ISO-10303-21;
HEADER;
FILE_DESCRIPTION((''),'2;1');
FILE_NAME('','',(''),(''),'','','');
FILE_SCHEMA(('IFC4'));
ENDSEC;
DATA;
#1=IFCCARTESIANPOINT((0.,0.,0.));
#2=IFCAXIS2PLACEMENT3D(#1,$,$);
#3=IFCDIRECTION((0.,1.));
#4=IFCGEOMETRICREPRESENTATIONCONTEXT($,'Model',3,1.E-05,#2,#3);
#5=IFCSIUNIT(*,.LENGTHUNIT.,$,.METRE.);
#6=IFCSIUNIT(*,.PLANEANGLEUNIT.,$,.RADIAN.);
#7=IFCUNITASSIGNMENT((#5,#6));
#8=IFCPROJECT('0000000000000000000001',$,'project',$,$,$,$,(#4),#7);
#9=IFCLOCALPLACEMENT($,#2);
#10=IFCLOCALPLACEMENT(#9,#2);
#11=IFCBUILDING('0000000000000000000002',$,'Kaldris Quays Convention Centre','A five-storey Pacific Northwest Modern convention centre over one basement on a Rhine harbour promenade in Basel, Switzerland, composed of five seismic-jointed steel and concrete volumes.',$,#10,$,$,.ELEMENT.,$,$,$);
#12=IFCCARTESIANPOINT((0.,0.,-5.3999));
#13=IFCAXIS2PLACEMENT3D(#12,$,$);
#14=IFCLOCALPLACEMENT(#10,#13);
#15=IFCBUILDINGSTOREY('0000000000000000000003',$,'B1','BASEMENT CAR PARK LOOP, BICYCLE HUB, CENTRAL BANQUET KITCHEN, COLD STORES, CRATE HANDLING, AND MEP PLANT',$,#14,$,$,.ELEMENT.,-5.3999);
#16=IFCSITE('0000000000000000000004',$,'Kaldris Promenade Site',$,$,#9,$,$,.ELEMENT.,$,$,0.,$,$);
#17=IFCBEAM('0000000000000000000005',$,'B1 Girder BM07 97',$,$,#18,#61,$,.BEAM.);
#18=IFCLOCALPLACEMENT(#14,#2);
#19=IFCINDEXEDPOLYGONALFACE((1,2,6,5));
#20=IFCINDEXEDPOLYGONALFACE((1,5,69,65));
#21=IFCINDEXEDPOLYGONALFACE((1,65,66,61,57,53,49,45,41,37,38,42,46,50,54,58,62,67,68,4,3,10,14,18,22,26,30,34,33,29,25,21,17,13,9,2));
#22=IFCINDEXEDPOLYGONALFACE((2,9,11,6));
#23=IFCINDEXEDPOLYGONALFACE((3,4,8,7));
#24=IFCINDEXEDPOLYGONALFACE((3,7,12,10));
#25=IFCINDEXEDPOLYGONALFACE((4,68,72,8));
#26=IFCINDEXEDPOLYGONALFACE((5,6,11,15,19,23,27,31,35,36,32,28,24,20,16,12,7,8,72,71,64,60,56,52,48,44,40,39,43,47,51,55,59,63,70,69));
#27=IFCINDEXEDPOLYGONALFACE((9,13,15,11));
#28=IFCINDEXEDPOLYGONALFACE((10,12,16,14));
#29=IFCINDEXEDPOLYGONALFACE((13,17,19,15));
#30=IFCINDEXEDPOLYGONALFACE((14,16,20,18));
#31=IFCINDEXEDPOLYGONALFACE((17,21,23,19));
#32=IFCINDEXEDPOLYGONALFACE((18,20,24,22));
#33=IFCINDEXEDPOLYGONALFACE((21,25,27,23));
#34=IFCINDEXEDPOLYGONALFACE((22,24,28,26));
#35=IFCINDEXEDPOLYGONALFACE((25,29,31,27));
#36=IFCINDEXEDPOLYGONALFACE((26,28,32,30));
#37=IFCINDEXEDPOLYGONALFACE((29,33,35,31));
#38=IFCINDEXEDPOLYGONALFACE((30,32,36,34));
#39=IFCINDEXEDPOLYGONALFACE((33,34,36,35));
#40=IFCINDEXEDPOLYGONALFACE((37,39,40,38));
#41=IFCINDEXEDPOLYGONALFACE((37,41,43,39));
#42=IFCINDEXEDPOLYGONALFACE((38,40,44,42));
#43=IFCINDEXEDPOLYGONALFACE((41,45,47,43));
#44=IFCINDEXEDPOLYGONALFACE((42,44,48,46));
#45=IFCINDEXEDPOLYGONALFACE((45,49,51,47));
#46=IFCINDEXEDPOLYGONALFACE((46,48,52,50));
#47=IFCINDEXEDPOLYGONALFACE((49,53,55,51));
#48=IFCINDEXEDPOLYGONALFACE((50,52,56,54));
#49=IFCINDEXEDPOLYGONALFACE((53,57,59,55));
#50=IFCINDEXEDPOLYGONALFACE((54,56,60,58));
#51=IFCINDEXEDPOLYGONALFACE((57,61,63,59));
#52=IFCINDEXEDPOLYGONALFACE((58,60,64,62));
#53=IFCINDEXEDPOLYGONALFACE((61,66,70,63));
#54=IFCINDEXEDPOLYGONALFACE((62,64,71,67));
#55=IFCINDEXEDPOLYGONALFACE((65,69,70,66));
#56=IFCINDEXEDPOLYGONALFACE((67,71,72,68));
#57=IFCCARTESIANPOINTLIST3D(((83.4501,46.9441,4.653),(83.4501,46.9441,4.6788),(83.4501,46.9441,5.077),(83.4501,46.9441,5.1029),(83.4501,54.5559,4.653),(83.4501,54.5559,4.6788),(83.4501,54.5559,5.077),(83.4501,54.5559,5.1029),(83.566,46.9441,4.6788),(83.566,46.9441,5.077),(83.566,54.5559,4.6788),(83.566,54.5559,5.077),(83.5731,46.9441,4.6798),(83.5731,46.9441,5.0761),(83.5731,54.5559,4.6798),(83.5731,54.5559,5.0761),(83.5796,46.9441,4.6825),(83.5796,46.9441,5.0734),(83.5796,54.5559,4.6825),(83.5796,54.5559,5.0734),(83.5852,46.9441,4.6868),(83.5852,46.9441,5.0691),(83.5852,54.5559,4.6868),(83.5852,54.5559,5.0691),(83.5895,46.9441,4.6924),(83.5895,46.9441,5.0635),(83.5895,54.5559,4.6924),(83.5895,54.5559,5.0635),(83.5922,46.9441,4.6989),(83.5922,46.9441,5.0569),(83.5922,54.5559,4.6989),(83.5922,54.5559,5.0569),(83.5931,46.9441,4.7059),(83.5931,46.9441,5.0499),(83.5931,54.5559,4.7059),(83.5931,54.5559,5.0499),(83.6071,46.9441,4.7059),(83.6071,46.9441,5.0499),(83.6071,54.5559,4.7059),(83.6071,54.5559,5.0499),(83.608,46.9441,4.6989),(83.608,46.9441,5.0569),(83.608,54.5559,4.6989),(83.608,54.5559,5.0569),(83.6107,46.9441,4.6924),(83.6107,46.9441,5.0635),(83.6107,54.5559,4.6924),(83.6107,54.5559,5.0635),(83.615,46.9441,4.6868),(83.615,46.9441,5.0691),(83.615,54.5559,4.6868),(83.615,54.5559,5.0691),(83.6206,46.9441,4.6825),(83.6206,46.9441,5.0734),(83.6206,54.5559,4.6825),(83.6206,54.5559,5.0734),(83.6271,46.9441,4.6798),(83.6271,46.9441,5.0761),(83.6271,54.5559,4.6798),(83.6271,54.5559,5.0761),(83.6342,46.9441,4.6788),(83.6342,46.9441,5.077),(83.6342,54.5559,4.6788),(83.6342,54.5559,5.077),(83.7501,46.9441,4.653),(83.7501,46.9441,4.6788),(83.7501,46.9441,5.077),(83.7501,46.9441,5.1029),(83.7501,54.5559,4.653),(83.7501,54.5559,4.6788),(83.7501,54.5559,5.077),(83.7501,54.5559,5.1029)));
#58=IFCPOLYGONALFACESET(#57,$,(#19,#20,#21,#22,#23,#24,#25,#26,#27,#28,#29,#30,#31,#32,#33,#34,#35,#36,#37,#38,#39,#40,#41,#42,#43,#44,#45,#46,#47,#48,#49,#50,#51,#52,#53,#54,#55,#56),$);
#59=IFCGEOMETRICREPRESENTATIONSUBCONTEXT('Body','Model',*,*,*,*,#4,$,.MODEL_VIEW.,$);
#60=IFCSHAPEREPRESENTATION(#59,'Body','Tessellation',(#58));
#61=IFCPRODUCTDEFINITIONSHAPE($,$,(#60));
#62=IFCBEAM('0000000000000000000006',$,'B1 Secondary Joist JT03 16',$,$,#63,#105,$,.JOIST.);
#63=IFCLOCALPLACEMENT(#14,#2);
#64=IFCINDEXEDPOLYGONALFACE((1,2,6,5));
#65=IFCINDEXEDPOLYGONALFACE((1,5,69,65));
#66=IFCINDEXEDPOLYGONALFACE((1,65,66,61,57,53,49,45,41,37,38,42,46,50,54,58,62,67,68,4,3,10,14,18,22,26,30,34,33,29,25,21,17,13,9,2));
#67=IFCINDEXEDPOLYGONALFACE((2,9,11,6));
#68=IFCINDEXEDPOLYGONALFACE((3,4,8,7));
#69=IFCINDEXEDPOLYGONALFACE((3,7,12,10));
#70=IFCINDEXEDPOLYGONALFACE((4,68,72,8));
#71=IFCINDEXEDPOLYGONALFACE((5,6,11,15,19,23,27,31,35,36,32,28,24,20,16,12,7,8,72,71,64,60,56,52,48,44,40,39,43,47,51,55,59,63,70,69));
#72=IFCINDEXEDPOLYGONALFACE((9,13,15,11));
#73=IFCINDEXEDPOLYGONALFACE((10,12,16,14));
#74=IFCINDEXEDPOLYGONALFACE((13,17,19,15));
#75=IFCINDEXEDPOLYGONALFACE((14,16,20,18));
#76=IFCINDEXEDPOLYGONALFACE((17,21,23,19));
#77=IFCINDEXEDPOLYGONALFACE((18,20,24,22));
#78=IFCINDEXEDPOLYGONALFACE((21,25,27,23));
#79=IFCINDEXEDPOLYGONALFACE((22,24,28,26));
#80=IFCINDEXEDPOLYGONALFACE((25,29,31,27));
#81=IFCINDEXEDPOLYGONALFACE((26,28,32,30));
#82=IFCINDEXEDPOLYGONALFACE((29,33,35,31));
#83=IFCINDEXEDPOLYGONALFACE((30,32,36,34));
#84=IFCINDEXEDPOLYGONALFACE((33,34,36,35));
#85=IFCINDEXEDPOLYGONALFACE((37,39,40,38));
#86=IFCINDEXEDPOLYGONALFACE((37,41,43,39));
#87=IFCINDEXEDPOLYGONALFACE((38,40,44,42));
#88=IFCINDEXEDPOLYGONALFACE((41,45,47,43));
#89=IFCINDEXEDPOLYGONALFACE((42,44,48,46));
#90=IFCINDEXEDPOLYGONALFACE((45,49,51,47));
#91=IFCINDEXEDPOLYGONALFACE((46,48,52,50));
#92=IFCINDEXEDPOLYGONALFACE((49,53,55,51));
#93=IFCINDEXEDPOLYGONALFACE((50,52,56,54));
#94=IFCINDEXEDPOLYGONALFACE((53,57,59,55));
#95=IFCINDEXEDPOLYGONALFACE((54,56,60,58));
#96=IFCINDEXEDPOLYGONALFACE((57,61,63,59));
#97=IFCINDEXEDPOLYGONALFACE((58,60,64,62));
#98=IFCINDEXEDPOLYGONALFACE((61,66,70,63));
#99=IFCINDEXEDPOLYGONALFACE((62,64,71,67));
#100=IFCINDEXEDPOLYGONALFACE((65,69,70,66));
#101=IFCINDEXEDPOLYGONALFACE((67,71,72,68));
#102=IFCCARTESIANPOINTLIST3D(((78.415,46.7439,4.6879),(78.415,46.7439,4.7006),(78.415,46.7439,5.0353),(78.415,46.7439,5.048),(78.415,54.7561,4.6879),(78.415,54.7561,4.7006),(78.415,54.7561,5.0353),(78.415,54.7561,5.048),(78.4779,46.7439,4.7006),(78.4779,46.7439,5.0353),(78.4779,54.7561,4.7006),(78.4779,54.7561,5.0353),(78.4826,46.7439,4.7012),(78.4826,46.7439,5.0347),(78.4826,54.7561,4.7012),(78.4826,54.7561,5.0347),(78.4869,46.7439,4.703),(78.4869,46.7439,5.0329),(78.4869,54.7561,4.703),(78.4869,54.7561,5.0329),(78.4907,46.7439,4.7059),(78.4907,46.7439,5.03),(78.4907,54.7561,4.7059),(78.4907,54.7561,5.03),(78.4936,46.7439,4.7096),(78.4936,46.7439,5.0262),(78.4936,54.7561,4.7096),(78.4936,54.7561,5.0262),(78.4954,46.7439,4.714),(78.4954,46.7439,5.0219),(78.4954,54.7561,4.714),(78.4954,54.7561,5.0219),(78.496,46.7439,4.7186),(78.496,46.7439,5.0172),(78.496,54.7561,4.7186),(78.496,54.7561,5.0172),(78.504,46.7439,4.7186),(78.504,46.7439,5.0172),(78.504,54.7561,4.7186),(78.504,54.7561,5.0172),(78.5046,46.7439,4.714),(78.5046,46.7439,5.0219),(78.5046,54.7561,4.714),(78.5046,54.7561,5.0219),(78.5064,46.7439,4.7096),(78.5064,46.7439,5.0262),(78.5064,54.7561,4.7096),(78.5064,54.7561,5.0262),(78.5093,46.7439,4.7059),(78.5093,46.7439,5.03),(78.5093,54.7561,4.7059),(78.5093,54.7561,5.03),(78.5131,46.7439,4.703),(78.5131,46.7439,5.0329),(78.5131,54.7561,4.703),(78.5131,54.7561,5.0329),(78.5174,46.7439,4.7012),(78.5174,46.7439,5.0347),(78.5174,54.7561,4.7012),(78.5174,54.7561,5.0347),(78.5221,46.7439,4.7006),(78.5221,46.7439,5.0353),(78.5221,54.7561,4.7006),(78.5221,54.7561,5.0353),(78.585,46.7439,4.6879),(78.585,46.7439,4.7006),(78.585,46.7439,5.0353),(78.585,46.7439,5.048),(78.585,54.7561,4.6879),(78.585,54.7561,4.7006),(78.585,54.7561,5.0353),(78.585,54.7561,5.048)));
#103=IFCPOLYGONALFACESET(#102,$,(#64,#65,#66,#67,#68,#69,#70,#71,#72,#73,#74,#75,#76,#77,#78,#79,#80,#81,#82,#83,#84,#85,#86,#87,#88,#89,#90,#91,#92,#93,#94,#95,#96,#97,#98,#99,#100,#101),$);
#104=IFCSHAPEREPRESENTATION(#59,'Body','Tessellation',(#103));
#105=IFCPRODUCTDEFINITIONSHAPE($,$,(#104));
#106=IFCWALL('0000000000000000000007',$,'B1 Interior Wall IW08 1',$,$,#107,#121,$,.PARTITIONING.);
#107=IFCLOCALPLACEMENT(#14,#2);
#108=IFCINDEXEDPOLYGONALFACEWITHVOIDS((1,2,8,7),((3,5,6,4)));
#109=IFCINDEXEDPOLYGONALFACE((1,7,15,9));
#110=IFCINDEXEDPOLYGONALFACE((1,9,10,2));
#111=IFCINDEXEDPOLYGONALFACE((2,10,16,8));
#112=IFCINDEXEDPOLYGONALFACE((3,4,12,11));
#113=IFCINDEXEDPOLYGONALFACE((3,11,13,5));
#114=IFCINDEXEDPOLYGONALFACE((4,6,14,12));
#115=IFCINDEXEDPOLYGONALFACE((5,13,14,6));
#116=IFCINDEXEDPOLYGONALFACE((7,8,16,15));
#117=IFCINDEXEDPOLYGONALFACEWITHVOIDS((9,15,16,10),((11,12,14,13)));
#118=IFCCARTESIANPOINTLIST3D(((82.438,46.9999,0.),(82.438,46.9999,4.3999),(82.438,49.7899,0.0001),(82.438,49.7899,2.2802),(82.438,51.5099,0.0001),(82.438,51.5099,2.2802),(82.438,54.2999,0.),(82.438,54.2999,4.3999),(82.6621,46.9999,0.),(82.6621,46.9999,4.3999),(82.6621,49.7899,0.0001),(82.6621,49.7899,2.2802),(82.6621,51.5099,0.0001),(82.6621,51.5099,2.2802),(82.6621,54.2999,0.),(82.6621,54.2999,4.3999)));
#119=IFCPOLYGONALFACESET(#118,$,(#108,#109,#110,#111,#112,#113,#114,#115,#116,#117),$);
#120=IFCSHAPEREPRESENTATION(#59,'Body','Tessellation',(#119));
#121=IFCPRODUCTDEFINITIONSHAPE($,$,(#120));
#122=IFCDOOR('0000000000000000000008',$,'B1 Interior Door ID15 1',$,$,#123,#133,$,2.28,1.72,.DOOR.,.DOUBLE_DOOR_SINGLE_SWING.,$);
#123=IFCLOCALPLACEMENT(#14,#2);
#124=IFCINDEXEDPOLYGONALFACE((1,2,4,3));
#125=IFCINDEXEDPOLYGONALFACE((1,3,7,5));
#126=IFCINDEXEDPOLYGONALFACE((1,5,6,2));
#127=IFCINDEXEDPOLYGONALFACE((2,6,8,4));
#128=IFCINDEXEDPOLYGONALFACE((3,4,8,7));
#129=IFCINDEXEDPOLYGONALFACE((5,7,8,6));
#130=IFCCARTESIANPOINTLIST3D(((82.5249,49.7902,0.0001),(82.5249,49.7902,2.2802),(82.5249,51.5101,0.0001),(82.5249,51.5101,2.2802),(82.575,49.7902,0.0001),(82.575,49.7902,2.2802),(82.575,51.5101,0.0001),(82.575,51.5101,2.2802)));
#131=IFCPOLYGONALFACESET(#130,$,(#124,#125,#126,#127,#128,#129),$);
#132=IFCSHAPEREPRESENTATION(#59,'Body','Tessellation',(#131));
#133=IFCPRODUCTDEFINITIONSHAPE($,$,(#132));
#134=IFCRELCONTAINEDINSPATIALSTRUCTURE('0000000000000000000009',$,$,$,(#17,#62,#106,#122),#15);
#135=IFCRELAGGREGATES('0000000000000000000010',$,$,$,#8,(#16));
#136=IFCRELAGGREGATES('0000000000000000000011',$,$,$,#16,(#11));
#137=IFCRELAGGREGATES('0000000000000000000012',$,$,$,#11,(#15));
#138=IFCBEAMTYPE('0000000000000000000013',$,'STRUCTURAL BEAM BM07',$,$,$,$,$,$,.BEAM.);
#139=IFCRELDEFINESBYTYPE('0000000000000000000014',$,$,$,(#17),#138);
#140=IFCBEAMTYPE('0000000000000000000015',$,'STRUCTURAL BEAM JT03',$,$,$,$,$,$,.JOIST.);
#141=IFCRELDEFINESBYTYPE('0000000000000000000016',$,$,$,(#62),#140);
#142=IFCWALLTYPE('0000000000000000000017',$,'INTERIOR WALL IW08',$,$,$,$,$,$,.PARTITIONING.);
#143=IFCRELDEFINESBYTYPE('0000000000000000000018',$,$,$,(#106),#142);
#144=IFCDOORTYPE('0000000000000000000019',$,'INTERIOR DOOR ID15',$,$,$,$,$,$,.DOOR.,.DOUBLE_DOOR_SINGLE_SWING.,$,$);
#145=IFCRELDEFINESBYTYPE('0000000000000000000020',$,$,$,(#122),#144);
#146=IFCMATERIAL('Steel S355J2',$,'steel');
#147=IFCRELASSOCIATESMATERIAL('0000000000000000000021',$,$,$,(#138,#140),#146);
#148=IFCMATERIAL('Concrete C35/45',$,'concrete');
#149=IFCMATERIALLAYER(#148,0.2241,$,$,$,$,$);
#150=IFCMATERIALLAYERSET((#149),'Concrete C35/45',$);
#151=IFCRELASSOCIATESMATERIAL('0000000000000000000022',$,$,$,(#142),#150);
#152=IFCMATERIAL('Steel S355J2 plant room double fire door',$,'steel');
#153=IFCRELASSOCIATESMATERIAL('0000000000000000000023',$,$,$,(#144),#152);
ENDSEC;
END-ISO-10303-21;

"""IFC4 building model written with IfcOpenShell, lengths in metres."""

from ifc_helpers import new_model, si_unit, direction, frame, frame_2d, origin, origin_2d, place, context, subcontext, project, spatial, rectangle, i_section, extrude, material, layer, layer_set, material_profile, profile_set, type_object, element, fill, save


model = new_model("IFC4")

# Units and contexts
model_context = context("Model", 3, precision=1e-05, world=origin(), true_north=direction((0.0, 1.0)))
body_context = subcontext(model_context, "Body", "Model", "MODEL_VIEW")
ifc_project = project(units=[si_unit("LENGTHUNIT", "METRE"), si_unit("PLANEANGLEUNIT", "RADIAN")], contexts=[model_context])

# Site, building, storey
site_placement = place(None, origin())
site = spatial("IfcSite", under=ifc_project, at=site_placement, Name="Kaldris Promenade Site", CompositionType="ELEMENT", RefElevation=0.0)
building_placement = place(site_placement, origin())
building = spatial("IfcBuilding", under=site, at=building_placement, Name="Kaldris Quays Convention Centre", Description="A five-storey Pacific Northwest Modern convention centre over one basement on a Rhine harbour promenade in Basel, Switzerland, composed of five seismic-jointed steel and concrete volumes.", CompositionType="ELEMENT")
storey_placement = place(building_placement, frame((0.0, 0.0, -5.3999)))
storey = spatial("IfcBuildingStorey", under=building, at=storey_placement, Name="B1", Description="BASEMENT CAR PARK LOOP, BICYCLE HUB, CENTRAL BANQUET KITCHEN, COLD STORES, CRATE HANDLING, AND MEP PLANT", CompositionType="ELEMENT", Elevation=-5.3999)

# Shared definitions
ifc_material_1 = material(Name="Concrete C35/45", Category="concrete")

# Shared definitions
ifc_material_2 = material(Name="Steel S355J2", Category="steel")

# Beams
ifc_material_profile_1 = material_profile(ifc_material_2, i_section(OverallWidth=0.3, OverallDepth=0.45, WebThickness=0.0139, FlangeThickness=0.0259, FilletRadius=0.0271, at=origin_2d()), Name="HEB 450")
ifc_profile_set_1 = profile_set([ifc_material_profile_1], Name="Steel S355J2")
beam_type_1 = type_object("IfcBeamType", Name="STRUCTURAL BEAM BM07", PredefinedType="BEAM", material=ifc_profile_set_1)
beam_1_placement = place(storey_placement, frame((83.6001, 46.9441, 4.8779), z_axis=(0.0, 1.0, 0.0), x_axis=(-1.0, 0.0, 0.0)))
element("IfcBeam", 1, at=beam_1_placement, inside=storey, type_object=beam_type_1, Name="B1 Girder BM07 97", PredefinedType="BEAM", context=body_context, shape_type="SweptSolid", body=[
    extrude(i_section(OverallWidth=0.3, OverallDepth=0.45, WebThickness=0.0139, FlangeThickness=0.0259, FilletRadius=0.0271, at=origin_2d()), origin(), (0.0, 0.0, 1.0), 7.6118),
])
ifc_material_profile_2 = material_profile(ifc_material_2, i_section(OverallWidth=0.1699, OverallDepth=0.3601, WebThickness=0.0081, FlangeThickness=0.0127, FilletRadius=0.0181, at=origin_2d()), Name="IPE 360")
ifc_profile_set_2 = profile_set([ifc_material_profile_2], Name="Steel S355J2")
beam_type_2 = type_object("IfcBeamType", Name="STRUCTURAL BEAM JT03", PredefinedType="JOIST", material=ifc_profile_set_2)
beam_2_placement = place(storey_placement, frame((78.5, 46.7439, 4.8679), z_axis=(0.0, 1.0, 0.0), x_axis=(-1.0, 0.0, 0.0)))
element("IfcBeam", 2, at=beam_2_placement, inside=storey, type_object=beam_type_2, Name="B1 Secondary Joist JT03 16", PredefinedType="JOIST", context=body_context, shape_type="SweptSolid", body=[
    extrude(i_section(OverallWidth=0.1699, OverallDepth=0.3601, WebThickness=0.0081, FlangeThickness=0.0127, FilletRadius=0.0181, at=origin_2d()), origin(), (0.0, 0.0, 1.0), 8.0122),
])

# Wall, opening, door
ifc_layer = layer(ifc_material_1, 0.2241)
ifc_layer_set = layer_set([ifc_layer], Name="Concrete C35/45")
wall_type = type_object("IfcWallType", Name="INTERIOR WALL IW08", PredefinedType="PARTITIONING", material=ifc_layer_set)
wall_placement = place(storey_placement, frame((82.55, 47.0, 0.0), z_axis=(0.0, 0.0, 1.0), x_axis=(0.0, 1.0, 0.0)))
wall = element("IfcWall", 3, at=wall_placement, inside=storey, type_object=wall_type, Name="B1 Interior Wall IW08 1", PredefinedType="PARTITIONING", context=body_context, shape_type="SweptSolid", body=[
    extrude(rectangle(XDim=7.3, YDim=0.2241, at=frame_2d((3.6499, 0.0))), origin(), (0.0, 0.0, 1.0), 4.3999),
])
opening_placement = place(wall_placement, frame((2.79, 0.0, 0.0)))
opening = element("IfcOpeningElement", 4, at=opening_placement, cuts=wall, PredefinedType="OPENING", context=body_context, shape_type="SweptSolid", body=[
    extrude(rectangle(XDim=1.72, YDim=2.28, at=frame_2d((0.8599, 1.1401))), frame((0.0, 0.1221, 0.0), z_axis=(0.0, -1.0, 0.0), x_axis=(1.0, 0.0, 0.0)), (0.0, 0.0, 1.0), 0.2441),
])
ifc_material_3 = material(Name="Steel S355J2 plant room double fire door", Category="steel")
door_type = type_object("IfcDoorType", Name="INTERIOR DOOR ID15", OperationType="DOUBLE_DOOR_SINGLE_SWING", PredefinedType="DOOR", material=ifc_material_3)
door_placement = place(opening_placement, frame((1.72, 0.0, 0.0), z_axis=(0.0, 0.0, 1.0), x_axis=(-1.0, 0.0, 0.0)))
door = element("IfcDoor", 5, at=door_placement, inside=storey, type_object=door_type, Name="B1 Interior Door ID15 1", OperationType="DOUBLE_DOOR_SINGLE_SWING", OverallHeight=2.28, OverallWidth=1.72, PredefinedType="DOOR", context=body_context, shape_type="SweptSolid", body=[
    extrude(rectangle(XDim=1.72, YDim=2.28, at=frame_2d((0.8599, 1.1401))), frame((0.0, 0.0249, 0.0), z_axis=(0.0, -1.0, 0.0), x_axis=(1.0, 0.0, 0.0)), (0.0, 0.0, 1.0), 0.05),
])
fill(opening, door)

save(model, "model.ifc")
